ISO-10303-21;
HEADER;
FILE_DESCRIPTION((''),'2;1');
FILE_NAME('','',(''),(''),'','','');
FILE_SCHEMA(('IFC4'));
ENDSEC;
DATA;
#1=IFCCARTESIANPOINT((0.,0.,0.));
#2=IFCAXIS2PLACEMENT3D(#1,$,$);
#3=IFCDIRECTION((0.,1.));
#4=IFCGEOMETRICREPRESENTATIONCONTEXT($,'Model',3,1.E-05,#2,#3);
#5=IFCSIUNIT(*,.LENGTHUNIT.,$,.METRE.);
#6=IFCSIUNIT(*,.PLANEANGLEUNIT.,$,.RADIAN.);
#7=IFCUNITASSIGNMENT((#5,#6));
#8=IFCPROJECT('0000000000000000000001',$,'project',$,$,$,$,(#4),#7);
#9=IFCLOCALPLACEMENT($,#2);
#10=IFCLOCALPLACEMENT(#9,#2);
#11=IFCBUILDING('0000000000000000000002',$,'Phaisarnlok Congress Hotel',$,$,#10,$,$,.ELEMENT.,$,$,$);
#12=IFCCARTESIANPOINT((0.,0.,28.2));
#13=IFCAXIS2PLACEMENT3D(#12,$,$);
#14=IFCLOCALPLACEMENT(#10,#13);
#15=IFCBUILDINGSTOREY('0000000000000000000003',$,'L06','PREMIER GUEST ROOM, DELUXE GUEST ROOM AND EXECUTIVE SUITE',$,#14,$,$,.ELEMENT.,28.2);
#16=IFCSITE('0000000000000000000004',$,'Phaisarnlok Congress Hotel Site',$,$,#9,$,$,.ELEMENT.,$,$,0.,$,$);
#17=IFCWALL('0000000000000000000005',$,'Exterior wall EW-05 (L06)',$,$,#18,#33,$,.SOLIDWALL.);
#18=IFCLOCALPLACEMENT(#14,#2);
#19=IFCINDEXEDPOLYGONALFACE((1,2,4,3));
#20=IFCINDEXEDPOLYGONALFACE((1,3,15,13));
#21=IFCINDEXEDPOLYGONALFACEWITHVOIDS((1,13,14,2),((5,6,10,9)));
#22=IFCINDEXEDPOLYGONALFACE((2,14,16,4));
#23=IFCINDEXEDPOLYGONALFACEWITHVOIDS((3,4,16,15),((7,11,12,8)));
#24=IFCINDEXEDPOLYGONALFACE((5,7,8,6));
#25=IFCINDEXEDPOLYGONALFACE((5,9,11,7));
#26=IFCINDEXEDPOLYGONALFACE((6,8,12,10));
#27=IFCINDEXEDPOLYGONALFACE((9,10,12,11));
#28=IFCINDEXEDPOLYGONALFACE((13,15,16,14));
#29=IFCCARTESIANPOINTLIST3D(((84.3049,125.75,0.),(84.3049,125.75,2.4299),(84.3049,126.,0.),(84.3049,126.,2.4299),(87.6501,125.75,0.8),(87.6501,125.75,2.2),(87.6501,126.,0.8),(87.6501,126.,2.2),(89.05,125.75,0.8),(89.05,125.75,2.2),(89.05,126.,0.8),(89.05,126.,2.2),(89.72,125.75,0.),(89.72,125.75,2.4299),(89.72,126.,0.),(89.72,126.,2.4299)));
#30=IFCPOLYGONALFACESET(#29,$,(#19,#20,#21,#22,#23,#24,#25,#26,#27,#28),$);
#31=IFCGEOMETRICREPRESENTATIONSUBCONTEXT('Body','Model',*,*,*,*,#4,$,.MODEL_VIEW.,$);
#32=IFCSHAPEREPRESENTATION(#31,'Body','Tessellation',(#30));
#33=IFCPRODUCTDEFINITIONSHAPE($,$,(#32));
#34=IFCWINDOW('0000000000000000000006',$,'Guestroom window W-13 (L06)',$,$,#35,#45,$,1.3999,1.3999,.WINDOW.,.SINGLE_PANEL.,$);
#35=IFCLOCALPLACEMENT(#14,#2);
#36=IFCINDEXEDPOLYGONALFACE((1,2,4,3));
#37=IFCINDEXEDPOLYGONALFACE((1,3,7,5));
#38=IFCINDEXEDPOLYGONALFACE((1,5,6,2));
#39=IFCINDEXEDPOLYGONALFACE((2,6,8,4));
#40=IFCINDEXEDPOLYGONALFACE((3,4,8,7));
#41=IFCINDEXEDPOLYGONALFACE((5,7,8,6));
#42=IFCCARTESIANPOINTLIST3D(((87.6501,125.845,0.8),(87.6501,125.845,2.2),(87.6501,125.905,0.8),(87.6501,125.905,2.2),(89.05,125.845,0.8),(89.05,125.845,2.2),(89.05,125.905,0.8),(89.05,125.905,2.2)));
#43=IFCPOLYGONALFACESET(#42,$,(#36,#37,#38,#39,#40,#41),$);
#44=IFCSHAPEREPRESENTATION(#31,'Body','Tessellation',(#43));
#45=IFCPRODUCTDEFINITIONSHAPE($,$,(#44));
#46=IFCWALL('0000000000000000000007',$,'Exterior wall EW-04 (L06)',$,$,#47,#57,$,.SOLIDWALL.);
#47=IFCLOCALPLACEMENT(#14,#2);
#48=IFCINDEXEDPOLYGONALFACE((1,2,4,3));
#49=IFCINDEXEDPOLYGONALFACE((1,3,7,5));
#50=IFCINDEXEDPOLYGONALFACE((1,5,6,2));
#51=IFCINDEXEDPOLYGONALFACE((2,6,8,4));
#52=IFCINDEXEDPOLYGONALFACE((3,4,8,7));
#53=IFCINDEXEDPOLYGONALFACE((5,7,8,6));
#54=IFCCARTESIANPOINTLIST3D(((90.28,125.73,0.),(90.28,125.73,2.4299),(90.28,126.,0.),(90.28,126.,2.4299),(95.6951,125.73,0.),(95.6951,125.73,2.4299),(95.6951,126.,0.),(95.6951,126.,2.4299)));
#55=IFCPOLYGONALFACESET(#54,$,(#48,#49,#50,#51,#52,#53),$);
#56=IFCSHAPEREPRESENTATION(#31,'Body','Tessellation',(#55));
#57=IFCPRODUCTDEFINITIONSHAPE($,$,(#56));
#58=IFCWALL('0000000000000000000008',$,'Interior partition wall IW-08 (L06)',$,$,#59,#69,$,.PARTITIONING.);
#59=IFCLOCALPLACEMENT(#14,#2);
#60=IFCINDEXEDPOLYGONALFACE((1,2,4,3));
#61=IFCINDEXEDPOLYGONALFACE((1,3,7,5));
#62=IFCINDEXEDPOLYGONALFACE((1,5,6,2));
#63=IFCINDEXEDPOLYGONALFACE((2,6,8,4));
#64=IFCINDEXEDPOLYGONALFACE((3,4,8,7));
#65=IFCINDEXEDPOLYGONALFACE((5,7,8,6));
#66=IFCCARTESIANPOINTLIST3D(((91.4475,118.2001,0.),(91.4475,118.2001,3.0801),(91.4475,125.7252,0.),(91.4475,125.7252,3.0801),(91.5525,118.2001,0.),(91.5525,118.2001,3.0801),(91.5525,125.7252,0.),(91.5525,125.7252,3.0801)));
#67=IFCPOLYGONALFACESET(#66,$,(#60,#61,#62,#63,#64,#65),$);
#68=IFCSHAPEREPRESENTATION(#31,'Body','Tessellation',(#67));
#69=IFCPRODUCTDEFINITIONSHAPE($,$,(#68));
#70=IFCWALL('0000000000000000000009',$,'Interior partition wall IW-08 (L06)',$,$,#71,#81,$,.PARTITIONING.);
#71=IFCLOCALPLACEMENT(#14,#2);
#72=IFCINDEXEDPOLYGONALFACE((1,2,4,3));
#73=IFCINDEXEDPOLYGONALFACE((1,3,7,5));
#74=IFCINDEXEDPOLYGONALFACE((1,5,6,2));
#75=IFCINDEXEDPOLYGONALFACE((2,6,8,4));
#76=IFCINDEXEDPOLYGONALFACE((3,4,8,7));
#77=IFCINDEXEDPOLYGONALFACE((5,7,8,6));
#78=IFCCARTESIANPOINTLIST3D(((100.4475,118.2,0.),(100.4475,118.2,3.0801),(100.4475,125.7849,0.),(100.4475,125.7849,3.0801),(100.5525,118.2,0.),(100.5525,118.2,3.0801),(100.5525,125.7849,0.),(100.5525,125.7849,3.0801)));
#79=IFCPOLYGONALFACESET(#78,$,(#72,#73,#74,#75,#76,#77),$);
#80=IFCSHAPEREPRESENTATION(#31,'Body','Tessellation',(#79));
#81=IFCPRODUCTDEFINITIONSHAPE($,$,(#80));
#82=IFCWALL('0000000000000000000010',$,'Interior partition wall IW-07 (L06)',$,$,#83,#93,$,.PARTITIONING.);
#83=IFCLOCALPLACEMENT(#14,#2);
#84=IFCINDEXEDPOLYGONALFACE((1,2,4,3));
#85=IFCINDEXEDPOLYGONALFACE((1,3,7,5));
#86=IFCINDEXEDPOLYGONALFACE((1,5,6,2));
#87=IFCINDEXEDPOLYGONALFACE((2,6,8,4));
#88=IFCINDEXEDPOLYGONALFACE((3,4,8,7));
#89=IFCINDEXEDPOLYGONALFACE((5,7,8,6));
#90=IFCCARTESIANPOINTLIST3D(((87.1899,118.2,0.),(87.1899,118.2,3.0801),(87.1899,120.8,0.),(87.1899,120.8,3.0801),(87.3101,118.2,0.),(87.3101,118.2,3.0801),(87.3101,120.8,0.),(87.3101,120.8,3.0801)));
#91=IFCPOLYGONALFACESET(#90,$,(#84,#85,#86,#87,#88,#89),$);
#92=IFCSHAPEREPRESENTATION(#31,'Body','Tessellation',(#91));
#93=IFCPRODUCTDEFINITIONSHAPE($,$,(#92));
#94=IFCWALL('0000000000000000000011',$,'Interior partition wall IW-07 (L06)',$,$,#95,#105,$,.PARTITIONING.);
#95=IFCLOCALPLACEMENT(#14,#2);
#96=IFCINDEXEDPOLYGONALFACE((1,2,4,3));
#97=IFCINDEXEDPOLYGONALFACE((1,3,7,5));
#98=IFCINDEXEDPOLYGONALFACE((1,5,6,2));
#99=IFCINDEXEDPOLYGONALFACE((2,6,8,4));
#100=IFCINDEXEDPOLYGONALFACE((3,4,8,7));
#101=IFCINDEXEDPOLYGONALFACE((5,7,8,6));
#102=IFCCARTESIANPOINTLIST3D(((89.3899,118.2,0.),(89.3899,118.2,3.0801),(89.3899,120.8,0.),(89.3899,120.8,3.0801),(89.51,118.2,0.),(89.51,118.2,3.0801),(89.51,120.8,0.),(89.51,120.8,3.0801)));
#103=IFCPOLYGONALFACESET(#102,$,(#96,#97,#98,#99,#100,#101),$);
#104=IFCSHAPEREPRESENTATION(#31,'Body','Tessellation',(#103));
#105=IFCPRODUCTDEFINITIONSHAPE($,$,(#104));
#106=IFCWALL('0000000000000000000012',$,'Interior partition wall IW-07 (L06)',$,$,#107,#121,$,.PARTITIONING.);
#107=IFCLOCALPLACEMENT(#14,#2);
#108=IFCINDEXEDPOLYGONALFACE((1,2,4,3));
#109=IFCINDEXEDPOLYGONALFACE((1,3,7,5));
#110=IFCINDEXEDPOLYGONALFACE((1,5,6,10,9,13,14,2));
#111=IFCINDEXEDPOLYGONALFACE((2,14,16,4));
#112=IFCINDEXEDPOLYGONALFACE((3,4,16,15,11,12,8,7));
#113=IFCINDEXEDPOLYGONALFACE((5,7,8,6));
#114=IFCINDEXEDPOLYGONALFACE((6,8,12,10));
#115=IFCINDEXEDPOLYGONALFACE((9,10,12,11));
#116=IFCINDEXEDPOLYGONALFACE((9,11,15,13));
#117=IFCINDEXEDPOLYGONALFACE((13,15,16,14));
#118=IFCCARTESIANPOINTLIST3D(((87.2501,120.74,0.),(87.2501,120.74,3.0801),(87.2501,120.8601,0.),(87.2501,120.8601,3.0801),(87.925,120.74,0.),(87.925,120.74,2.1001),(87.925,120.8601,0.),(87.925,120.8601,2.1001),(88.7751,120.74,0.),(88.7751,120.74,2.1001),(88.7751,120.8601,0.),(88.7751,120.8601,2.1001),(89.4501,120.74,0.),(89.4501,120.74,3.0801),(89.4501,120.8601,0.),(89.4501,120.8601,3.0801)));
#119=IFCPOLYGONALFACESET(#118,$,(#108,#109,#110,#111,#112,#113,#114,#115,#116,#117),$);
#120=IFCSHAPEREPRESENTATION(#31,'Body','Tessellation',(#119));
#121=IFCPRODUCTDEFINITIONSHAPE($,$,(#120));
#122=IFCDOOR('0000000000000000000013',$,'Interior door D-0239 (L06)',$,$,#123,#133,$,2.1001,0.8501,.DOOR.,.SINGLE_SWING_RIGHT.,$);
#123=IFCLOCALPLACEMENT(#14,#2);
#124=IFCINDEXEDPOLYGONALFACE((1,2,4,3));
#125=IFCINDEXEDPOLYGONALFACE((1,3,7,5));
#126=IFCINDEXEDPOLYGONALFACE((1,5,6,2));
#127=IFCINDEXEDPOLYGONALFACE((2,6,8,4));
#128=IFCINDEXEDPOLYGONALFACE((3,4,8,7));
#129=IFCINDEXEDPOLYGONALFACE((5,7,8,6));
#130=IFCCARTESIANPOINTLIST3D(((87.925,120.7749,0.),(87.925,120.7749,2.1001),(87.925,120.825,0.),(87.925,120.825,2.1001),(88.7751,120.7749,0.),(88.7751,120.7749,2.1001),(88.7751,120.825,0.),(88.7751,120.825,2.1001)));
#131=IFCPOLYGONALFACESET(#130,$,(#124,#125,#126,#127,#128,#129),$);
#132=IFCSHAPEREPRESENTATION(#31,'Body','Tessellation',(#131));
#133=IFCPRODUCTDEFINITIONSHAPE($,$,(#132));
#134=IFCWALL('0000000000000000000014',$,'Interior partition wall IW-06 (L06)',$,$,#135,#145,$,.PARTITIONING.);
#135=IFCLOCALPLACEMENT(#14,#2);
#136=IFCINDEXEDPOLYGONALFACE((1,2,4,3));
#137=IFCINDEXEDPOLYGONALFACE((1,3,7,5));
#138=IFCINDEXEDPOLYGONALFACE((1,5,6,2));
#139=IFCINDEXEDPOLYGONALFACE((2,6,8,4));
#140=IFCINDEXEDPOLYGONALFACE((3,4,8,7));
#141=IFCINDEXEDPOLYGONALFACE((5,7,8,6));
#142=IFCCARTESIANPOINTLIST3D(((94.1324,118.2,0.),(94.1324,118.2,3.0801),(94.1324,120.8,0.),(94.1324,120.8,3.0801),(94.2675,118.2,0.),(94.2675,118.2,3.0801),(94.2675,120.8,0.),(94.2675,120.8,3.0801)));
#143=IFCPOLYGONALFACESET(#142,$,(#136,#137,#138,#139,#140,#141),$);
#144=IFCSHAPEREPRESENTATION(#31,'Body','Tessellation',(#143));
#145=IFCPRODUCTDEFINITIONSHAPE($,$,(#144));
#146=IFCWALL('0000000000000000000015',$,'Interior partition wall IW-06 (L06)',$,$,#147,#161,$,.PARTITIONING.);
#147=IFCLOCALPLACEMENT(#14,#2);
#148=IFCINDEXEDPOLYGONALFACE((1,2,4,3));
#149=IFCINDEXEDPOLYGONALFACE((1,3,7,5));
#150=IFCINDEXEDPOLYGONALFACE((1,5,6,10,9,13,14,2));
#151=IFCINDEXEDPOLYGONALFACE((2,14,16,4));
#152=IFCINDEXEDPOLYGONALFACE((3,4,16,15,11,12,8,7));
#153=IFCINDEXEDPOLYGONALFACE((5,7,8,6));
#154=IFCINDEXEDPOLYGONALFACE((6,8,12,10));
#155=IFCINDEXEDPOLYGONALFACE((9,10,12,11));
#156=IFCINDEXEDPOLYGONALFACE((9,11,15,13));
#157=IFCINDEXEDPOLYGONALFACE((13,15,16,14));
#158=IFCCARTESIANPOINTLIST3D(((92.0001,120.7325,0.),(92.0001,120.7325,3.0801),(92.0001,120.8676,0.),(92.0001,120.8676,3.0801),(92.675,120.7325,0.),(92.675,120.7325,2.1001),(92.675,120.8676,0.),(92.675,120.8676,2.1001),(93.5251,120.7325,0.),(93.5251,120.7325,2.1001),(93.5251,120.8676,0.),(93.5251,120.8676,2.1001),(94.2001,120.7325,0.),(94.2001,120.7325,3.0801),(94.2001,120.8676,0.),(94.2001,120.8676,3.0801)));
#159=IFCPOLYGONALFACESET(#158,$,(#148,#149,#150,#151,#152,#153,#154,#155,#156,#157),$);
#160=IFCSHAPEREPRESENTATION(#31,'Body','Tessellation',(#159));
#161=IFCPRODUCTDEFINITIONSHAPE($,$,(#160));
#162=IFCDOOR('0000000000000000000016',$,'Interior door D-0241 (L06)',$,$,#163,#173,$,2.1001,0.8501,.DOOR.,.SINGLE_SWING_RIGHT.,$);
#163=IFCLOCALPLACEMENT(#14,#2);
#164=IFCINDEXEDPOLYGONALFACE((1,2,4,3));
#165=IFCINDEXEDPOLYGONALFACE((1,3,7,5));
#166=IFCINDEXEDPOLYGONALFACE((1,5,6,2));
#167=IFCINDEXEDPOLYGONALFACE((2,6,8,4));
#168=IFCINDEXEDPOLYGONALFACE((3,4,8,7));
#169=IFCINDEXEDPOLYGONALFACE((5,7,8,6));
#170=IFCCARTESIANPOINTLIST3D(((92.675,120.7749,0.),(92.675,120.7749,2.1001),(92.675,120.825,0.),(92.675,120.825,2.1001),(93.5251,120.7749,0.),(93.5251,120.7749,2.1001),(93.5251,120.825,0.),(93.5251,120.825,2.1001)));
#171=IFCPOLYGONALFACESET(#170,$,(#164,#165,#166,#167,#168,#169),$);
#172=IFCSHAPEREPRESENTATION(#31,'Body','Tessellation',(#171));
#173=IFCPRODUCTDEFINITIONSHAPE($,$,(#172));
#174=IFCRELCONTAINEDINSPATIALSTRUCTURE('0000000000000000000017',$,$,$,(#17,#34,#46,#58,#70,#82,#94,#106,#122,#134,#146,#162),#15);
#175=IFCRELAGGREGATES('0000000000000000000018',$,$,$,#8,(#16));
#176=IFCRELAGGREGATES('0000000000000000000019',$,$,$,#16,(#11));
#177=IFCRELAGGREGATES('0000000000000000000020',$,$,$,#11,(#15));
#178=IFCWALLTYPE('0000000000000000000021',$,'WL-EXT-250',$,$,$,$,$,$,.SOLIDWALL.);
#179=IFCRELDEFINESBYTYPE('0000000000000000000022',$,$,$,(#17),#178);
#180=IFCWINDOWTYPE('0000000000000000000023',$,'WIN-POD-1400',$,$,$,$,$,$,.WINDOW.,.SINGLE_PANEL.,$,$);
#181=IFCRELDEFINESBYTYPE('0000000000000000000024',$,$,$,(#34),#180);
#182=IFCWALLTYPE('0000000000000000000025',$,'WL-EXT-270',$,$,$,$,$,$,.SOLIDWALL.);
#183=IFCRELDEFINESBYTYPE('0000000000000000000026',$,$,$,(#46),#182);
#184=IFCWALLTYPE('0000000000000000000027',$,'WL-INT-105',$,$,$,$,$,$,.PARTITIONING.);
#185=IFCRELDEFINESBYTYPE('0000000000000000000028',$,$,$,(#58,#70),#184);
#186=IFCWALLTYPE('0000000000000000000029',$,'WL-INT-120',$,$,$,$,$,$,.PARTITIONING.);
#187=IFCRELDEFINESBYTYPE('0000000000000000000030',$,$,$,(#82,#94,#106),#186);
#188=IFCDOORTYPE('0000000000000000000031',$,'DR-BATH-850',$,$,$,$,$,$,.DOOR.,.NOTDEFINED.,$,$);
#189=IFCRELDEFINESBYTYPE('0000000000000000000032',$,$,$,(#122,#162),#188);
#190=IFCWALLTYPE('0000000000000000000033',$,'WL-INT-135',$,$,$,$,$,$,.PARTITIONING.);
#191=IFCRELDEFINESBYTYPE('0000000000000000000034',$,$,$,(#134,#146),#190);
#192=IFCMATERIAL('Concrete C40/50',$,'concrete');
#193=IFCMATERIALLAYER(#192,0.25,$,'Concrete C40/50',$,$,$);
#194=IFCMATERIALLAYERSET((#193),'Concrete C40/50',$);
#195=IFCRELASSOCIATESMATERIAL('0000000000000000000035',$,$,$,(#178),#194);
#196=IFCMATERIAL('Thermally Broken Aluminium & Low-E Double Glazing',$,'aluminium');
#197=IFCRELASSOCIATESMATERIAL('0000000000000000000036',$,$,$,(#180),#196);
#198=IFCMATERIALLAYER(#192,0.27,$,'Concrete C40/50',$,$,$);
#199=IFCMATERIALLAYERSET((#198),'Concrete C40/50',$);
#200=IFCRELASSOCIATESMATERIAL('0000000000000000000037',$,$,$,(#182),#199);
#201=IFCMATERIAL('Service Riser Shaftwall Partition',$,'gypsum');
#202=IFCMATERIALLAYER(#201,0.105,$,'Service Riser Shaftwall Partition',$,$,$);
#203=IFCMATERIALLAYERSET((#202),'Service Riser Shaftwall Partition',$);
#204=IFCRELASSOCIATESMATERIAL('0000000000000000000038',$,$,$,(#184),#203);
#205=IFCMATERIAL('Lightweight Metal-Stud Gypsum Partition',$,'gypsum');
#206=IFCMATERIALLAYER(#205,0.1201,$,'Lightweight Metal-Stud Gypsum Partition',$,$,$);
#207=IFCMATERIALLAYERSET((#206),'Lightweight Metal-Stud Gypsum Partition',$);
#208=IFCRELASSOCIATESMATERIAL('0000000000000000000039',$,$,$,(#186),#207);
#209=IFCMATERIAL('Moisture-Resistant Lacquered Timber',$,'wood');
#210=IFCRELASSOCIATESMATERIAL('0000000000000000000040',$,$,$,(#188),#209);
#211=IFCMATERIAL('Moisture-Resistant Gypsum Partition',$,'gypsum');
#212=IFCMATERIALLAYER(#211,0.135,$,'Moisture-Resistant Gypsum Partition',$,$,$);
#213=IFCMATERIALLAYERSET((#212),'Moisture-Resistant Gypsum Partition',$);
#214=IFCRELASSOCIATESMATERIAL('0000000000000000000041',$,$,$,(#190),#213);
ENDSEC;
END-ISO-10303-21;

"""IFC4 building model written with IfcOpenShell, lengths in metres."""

from ifc_helpers import new_model, si_unit, direction, frame, frame_2d, origin, place, context, subcontext, project, spatial, rectangle, extrude, material, layer, layer_set, type_object, element, fill, save


model = new_model("IFC4")

# Units and contexts
model_context = context("Model", 3, precision=1e-05, world=origin(), true_north=direction((0.0, 1.0)))
body_context = subcontext(model_context, "Body", "Model", "MODEL_VIEW")
ifc_project = project(units=[si_unit("LENGTHUNIT", "METRE"), si_unit("PLANEANGLEUNIT", "RADIAN")], contexts=[model_context])

# Site, building, storey
site_placement = place(None, origin())
site = spatial("IfcSite", under=ifc_project, at=site_placement, Name="Phaisarnlok Congress Hotel Site", CompositionType="ELEMENT", RefElevation=0.0)
building_placement = place(site_placement, origin())
building = spatial("IfcBuilding", under=site, at=building_placement, Name="Phaisarnlok Congress Hotel", CompositionType="ELEMENT")
storey_placement = place(building_placement, frame((0.0, 0.0, 28.2)))
storey = spatial("IfcBuildingStorey", under=building, at=storey_placement, Name="L06", Description="PREMIER GUEST ROOM, DELUXE GUEST ROOM AND EXECUTIVE SUITE", CompositionType="ELEMENT", Elevation=28.2)

# Shared definitions
ifc_material_1 = material(Name="Concrete C40/50", Category="concrete")

# Wall, opening, window
ifc_layer_1 = layer(ifc_material_1, 0.25, Name="Concrete C40/50")
ifc_layer_set_1 = layer_set([ifc_layer_1], Name="Concrete C40/50")
wall_type_1 = type_object("IfcWallType", Name="WL-EXT-250", PredefinedType="SOLIDWALL", material=ifc_layer_set_1)
wall_1_placement = place(storey_placement, frame((89.72, 125.875, 0.0), z_axis=(0.0, 0.0, 1.0), x_axis=(-1.0, 0.0, 0.0)))
wall_1 = element("IfcWall", 1, at=wall_1_placement, inside=storey, type_object=wall_type_1, Name="Exterior wall EW-05 (L06)", PredefinedType="SOLIDWALL", context=body_context, shape_type="SweptSolid", body=[
    extrude(rectangle(XDim=5.415, YDim=0.25, at=frame_2d((2.7075, 0.0))), origin(), (0.0, 0.0, 1.0), 2.4299),
])
opening_1_placement = place(wall_1_placement, frame((0.6699, 0.0, 0.8)))
opening_1 = element("IfcOpeningElement", 2, at=opening_1_placement, cuts=wall_1, PredefinedType="OPENING", context=body_context, shape_type="SweptSolid", body=[
    extrude(rectangle(XDim=1.3999, YDim=1.3999, at=frame_2d((0.7, 0.7))), frame((0.0, 0.135, 0.0), z_axis=(0.0, -1.0, 0.0), x_axis=(1.0, 0.0, 0.0)), (0.0, 0.0, 1.0), 0.27),
])
ifc_material_2 = material(Name="Thermally Broken Aluminium & Low-E Double Glazing", Category="aluminium")
window_type = type_object("IfcWindowType", Name="WIN-POD-1400", PartitioningType="SINGLE_PANEL", PredefinedType="WINDOW", material=ifc_material_2)
window_placement = place(opening_1_placement, origin())
window = element("IfcWindow", 3, at=window_placement, inside=storey, type_object=window_type, Name="Guestroom window W-13 (L06)", OverallHeight=1.3999, OverallWidth=1.3999, PartitioningType="SINGLE_PANEL", PredefinedType="WINDOW", context=body_context, shape_type="SweptSolid", body=[
    extrude(rectangle(XDim=1.3999, YDim=1.3999, at=frame_2d((0.7, 0.7))), frame((0.0, 0.03, 0.0), z_axis=(0.0, -1.0, 0.0), x_axis=(1.0, 0.0, 0.0)), (0.0, 0.0, 1.0), 0.0601),
])
fill(opening_1, window)

# Walls
ifc_layer_2 = layer(ifc_material_1, 0.27, Name="Concrete C40/50")
ifc_layer_set_2 = layer_set([ifc_layer_2], Name="Concrete C40/50")
wall_type_2 = type_object("IfcWallType", Name="WL-EXT-270", PredefinedType="SOLIDWALL", material=ifc_layer_set_2)
wall_2_placement = place(storey_placement, frame((95.6951, 125.865, 0.0), z_axis=(0.0, 0.0, 1.0), x_axis=(-1.0, 0.0, 0.0)))
element("IfcWall", 4, at=wall_2_placement, inside=storey, type_object=wall_type_2, Name="Exterior wall EW-04 (L06)", PredefinedType="SOLIDWALL", context=body_context, shape_type="SweptSolid", body=[
    extrude(rectangle(XDim=5.415, YDim=0.27, at=frame_2d((2.7075, 0.0))), origin(), (0.0, 0.0, 1.0), 2.4299),
])
ifc_material_3 = material(Name="Service Riser Shaftwall Partition", Category="gypsum")
ifc_layer_3 = layer(ifc_material_3, 0.105, Name="Service Riser Shaftwall Partition")
ifc_layer_set_3 = layer_set([ifc_layer_3], Name="Service Riser Shaftwall Partition")
wall_type_3 = type_object("IfcWallType", Name="WL-INT-105", PredefinedType="PARTITIONING", material=ifc_layer_set_3)
wall_3_placement = place(storey_placement, frame((91.5, 118.2, 0.0), z_axis=(0.0, 0.0, 1.0), x_axis=(0.0, 1.0, 0.0)))
element("IfcWall", 5, at=wall_3_placement, inside=storey, type_object=wall_type_3, Name="Interior partition wall IW-08 (L06)", PredefinedType="PARTITIONING", context=body_context, shape_type="SweptSolid", body=[
    extrude(rectangle(XDim=7.5251, YDim=0.105, at=frame_2d((3.7627, 0.0))), origin(), (0.0, 0.0, 1.0), 3.0801),
])
wall_4_placement = place(storey_placement, frame((100.5, 118.2, 0.0), z_axis=(0.0, 0.0, 1.0), x_axis=(0.0, 1.0, 0.0)))
element("IfcWall", 6, at=wall_4_placement, inside=storey, type_object=wall_type_3, Name="Interior partition wall IW-08 (L06)", PredefinedType="PARTITIONING", context=body_context, shape_type="SweptSolid", body=[
    extrude(rectangle(XDim=7.585, YDim=0.105, at=frame_2d((3.7925, 0.0))), origin(), (0.0, 0.0, 1.0), 3.0801),
])
ifc_material_4 = material(Name="Lightweight Metal-Stud Gypsum Partition", Category="gypsum")
ifc_layer_4 = layer(ifc_material_4, 0.1201, Name="Lightweight Metal-Stud Gypsum Partition")
ifc_layer_set_4 = layer_set([ifc_layer_4], Name="Lightweight Metal-Stud Gypsum Partition")
wall_type_4 = type_object("IfcWallType", Name="WL-INT-120", PredefinedType="PARTITIONING", material=ifc_layer_set_4)
for number, where, z_axis, x_axis, name in (
    (7, (87.25, 118.2, 0.0), (0.0, 0.0, 1.0), (0.0, 1.0, 0.0), "Interior partition wall IW-07 (L06)"),
    (8, (89.45, 118.2, 0.0), (0.0, 0.0, 1.0), (0.0, 1.0, 0.0), "Interior partition wall IW-07 (L06)"),
):
    element("IfcWall", number, at=place(storey_placement, frame(where, z_axis=z_axis, x_axis=x_axis)), inside=storey, type_object=wall_type_4, Name=name, PredefinedType="PARTITIONING", context=body_context, shape_type="SweptSolid", body=[
        extrude(rectangle(XDim=2.6001, YDim=0.1201, at=frame_2d((1.3, 0.0))), origin(), (0.0, 0.0, 1.0), 3.0801),
    ])

# Wall, opening, door
wall_5_placement = place(storey_placement, frame((87.25, 120.8, 0.0), z_axis=(0.0, 0.0, 1.0), x_axis=(1.0, 0.0, 0.0)))
wall_5 = element("IfcWall", 9, at=wall_5_placement, inside=storey, type_object=wall_type_4, Name="Interior partition wall IW-07 (L06)", PredefinedType="PARTITIONING", context=body_context, shape_type="SweptSolid", body=[
    extrude(rectangle(XDim=2.2, YDim=0.1201, at=frame_2d((1.1001, 0.0))), origin(), (0.0, 0.0, 1.0), 3.0801),
])
opening_2_placement = place(wall_5_placement, frame((0.675, 0.0, 0.0)))
opening_2 = element("IfcOpeningElement", 10, at=opening_2_placement, cuts=wall_5, PredefinedType="OPENING", context=body_context, shape_type="SweptSolid", body=[
    extrude(rectangle(XDim=0.8501, YDim=2.1001, at=frame_2d((0.425, 1.05))), frame((0.0, 0.0701, 0.0), z_axis=(0.0, -1.0, 0.0), x_axis=(1.0, 0.0, 0.0)), (0.0, 0.0, 1.0), 0.1401),
])
ifc_material_5 = material(Name="Moisture-Resistant Lacquered Timber", Category="wood")
door_type = type_object("IfcDoorType", Name="DR-BATH-850", OperationType="NOTDEFINED", PredefinedType="DOOR", material=ifc_material_5)
door_1_placement = place(opening_2_placement, origin())
door_1 = element("IfcDoor", 11, at=door_1_placement, inside=storey, type_object=door_type, Name="Interior door D-0239 (L06)", OperationType="SINGLE_SWING_RIGHT", OverallHeight=2.1001, OverallWidth=0.8501, PredefinedType="DOOR", context=body_context, shape_type="SweptSolid", body=[
    extrude(rectangle(XDim=0.8501, YDim=2.1001, at=frame_2d((0.425, 1.05))), frame((0.0, 0.0249, 0.0), z_axis=(0.0, -1.0, 0.0), x_axis=(1.0, 0.0, 0.0)), (0.0, 0.0, 1.0), 0.05),
])
fill(opening_2, door_1)

# Wall
ifc_material_6 = material(Name="Moisture-Resistant Gypsum Partition", Category="gypsum")
ifc_layer_5 = layer(ifc_material_6, 0.135, Name="Moisture-Resistant Gypsum Partition")
ifc_layer_set_5 = layer_set([ifc_layer_5], Name="Moisture-Resistant Gypsum Partition")
wall_type_5 = type_object("IfcWallType", Name="WL-INT-135", PredefinedType="PARTITIONING", material=ifc_layer_set_5)
wall_6_placement = place(storey_placement, frame((94.2, 118.2, 0.0), z_axis=(0.0, 0.0, 1.0), x_axis=(0.0, 1.0, 0.0)))
element("IfcWall", 12, at=wall_6_placement, inside=storey, type_object=wall_type_5, Name="Interior partition wall IW-06 (L06)", PredefinedType="PARTITIONING", context=body_context, shape_type="SweptSolid", body=[
    extrude(rectangle(XDim=2.6001, YDim=0.135, at=frame_2d((1.3, 0.0))), origin(), (0.0, 0.0, 1.0), 3.0801),
])

# Wall, opening, door
wall_7_placement = place(storey_placement, frame((92.0, 120.8, 0.0), z_axis=(0.0, 0.0, 1.0), x_axis=(1.0, 0.0, 0.0)))
wall_7 = element("IfcWall", 13, at=wall_7_placement, inside=storey, type_object=wall_type_5, Name="Interior partition wall IW-06 (L06)", PredefinedType="PARTITIONING", context=body_context, shape_type="SweptSolid", body=[
    extrude(rectangle(XDim=2.2, YDim=0.135, at=frame_2d((1.1001, 0.0))), origin(), (0.0, 0.0, 1.0), 3.0801),
])
opening_3_placement = place(wall_7_placement, frame((0.675, 0.0, 0.0)))
opening_3 = element("IfcOpeningElement", 14, at=opening_3_placement, cuts=wall_7, PredefinedType="OPENING", context=body_context, shape_type="SweptSolid", body=[
    extrude(rectangle(XDim=0.8501, YDim=2.1001, at=frame_2d((0.425, 1.05))), frame((0.0, 0.0776, 0.0), z_axis=(0.0, -1.0, 0.0), x_axis=(1.0, 0.0, 0.0)), (0.0, 0.0, 1.0), 0.155),
])
door_2_placement = place(opening_3_placement, origin())
door_2 = element("IfcDoor", 15, at=door_2_placement, inside=storey, type_object=door_type, Name="Interior door D-0241 (L06)", OperationType="SINGLE_SWING_RIGHT", OverallHeight=2.1001, OverallWidth=0.8501, PredefinedType="DOOR", context=body_context, shape_type="SweptSolid", body=[
    extrude(rectangle(XDim=0.8501, YDim=2.1001, at=frame_2d((0.425, 1.05))), frame((0.0, 0.0249, 0.0), z_axis=(0.0, -1.0, 0.0), x_axis=(1.0, 0.0, 0.0)), (0.0, 0.0, 1.0), 0.05),
])
fill(opening_3, door_2)

save(model, "model.ifc")
